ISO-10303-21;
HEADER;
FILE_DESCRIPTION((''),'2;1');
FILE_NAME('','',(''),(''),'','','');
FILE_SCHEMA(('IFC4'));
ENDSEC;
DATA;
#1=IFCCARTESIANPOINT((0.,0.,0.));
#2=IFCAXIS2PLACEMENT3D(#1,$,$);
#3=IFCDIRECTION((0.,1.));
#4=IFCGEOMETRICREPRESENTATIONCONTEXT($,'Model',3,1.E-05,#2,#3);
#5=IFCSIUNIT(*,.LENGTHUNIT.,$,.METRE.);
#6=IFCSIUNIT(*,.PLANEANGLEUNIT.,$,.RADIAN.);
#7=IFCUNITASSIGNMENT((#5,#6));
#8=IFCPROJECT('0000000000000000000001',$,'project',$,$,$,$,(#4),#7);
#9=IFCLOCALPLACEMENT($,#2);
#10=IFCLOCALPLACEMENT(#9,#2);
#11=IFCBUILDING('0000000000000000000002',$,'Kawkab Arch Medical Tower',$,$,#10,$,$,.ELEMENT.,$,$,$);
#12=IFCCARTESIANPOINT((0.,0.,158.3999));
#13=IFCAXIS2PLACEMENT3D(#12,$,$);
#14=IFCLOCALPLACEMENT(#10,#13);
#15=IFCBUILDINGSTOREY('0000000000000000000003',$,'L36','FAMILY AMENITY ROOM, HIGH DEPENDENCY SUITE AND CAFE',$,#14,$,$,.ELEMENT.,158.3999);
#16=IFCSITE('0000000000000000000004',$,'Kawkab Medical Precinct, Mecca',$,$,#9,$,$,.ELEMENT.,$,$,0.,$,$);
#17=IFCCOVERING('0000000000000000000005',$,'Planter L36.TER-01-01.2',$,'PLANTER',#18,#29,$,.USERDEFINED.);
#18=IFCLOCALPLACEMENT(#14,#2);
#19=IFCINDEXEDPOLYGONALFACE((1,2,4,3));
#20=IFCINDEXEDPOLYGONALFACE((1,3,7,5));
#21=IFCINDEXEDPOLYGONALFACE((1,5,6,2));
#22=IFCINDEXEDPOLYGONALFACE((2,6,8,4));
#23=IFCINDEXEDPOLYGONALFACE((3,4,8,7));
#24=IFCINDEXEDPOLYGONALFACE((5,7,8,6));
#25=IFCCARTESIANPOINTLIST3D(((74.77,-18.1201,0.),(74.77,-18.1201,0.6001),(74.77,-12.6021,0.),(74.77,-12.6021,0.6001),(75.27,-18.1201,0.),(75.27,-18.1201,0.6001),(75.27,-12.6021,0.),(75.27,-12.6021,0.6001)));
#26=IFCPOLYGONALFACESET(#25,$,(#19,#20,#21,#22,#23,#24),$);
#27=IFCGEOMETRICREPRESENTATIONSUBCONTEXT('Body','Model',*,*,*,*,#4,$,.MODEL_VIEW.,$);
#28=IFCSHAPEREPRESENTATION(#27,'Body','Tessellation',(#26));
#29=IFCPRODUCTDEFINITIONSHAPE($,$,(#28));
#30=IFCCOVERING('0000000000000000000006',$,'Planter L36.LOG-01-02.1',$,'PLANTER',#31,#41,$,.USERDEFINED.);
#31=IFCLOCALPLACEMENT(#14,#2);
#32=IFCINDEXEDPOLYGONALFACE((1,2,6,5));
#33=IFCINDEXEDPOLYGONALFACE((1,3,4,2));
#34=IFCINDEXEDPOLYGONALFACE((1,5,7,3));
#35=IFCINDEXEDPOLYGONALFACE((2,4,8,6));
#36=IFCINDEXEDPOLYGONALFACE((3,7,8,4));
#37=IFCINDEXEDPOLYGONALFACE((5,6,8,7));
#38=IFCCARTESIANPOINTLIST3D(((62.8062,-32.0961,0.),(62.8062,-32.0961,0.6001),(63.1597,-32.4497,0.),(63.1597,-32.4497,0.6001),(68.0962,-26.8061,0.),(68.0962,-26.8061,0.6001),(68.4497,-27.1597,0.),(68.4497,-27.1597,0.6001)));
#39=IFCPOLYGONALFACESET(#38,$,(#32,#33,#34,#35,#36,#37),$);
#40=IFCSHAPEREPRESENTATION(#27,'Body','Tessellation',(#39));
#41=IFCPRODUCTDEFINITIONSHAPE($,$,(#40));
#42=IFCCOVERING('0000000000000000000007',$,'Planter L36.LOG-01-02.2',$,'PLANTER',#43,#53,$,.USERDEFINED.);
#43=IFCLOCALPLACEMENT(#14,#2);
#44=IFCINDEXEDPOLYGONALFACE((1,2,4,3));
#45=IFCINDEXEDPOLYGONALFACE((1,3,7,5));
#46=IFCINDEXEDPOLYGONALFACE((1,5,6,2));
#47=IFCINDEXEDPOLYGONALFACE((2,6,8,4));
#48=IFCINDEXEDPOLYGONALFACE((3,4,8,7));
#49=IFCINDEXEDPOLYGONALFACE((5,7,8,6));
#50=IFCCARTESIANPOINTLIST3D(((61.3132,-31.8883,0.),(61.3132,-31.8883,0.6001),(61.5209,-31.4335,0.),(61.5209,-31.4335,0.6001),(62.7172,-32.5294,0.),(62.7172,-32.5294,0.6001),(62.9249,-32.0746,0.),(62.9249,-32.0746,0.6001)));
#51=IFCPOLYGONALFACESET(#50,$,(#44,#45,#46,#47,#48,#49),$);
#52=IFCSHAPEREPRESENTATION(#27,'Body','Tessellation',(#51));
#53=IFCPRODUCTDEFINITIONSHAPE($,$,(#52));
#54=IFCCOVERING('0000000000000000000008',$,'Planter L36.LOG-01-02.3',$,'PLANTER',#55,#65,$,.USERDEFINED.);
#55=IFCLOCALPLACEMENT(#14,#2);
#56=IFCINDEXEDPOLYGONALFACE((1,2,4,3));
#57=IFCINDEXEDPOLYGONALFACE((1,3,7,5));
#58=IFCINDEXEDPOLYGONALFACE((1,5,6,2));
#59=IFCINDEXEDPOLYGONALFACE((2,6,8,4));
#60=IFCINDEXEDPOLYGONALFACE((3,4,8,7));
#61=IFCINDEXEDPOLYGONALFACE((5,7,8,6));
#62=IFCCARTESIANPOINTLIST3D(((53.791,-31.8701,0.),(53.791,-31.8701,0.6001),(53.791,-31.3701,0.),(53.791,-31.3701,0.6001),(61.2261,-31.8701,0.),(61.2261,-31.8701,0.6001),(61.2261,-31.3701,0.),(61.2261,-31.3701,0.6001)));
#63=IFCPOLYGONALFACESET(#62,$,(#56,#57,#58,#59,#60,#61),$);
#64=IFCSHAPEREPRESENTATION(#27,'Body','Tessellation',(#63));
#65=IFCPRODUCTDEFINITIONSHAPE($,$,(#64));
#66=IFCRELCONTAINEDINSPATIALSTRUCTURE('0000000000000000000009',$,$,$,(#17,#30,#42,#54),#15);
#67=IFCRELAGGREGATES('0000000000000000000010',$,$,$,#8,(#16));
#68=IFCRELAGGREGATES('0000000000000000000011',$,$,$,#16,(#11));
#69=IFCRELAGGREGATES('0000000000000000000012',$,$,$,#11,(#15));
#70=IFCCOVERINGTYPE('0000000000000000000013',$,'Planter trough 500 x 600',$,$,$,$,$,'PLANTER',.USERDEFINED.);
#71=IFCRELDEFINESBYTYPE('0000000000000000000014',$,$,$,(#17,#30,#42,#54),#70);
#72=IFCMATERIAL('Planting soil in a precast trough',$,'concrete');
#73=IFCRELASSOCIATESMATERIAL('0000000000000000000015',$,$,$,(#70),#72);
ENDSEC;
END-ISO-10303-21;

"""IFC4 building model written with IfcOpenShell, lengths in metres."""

from ifc_helpers import new_model, si_unit, direction, frame, origin, origin_2d, place, context, subcontext, project, spatial, rectangle, extrude, material, material_profile, profile_set, type_object, element, save


model = new_model("IFC4")

# Units and contexts
model_context = context("Model", 3, precision=1e-05, world=origin(), true_north=direction((0.0, 1.0)))
body_context = subcontext(model_context, "Body", "Model", "MODEL_VIEW")
ifc_project = project(units=[si_unit("LENGTHUNIT", "METRE"), si_unit("PLANEANGLEUNIT", "RADIAN")], contexts=[model_context])

# Site, building, storey
site_placement = place(None, origin())
site = spatial("IfcSite", under=ifc_project, at=site_placement, Name="Kawkab Medical Precinct, Mecca", CompositionType="ELEMENT", RefElevation=0.0)
building_placement = place(site_placement, origin())
building = spatial("IfcBuilding", under=site, at=building_placement, Name="Kawkab Arch Medical Tower", CompositionType="ELEMENT")
storey_placement = place(building_placement, frame((0.0, 0.0, 158.3999)))
storey = spatial("IfcBuildingStorey", under=building, at=storey_placement, Name="L36", Description="FAMILY AMENITY ROOM, HIGH DEPENDENCY SUITE AND CAFE", CompositionType="ELEMENT", Elevation=158.3999)

# Coverings
ifc_material_1 = material(Name="Planting soil in a precast trough", Category="concrete")
ifc_material_profile_1 = material_profile(ifc_material_1, rectangle(XDim=0.5, YDim=0.6001, at=origin_2d()), Name="Trough 500x600")
ifc_profile_set_1 = profile_set([ifc_material_profile_1], Name="Planting soil in a precast trough")
covering_type = type_object("IfcCoveringType", Name="Planter trough 500 x 600", ElementType="PLANTER", PredefinedType="USERDEFINED", material=ifc_profile_set_1)
covering_1_placement = place(storey_placement, frame((75.02, -18.1201, 0.3), z_axis=(0.0, 1.0, 0.0), x_axis=(-1.0, 0.0, 0.0)))
element("IfcCovering", 1, at=covering_1_placement, inside=storey, type_object=covering_type, Name="Planter L36.TER-01-01.2", ObjectType="PLANTER", PredefinedType="USERDEFINED", context=body_context, shape_type="SweptSolid", body=[
    extrude(rectangle(XDim=0.5, YDim=0.6001, at=origin_2d()), origin(), (0.0, 0.0, 1.0), 5.5181),
])
covering_2_placement = place(storey_placement, frame((68.2729, -26.9829, 0.3), z_axis=(-0.707107, -0.707107, 0.0), x_axis=(0.707107, -0.707107, 0.0)))
element("IfcCovering", 2, at=covering_2_placement, inside=storey, type_object=covering_type, Name="Planter L36.LOG-01-02.1", ObjectType="PLANTER", PredefinedType="USERDEFINED", context=body_context, shape_type="SweptSolid", body=[
    extrude(rectangle(XDim=0.5, YDim=0.6001, at=origin_2d()), origin(), (0.0, 0.0, 1.0), 7.4812),
])
covering_3_placement = place(storey_placement, frame((62.821, -32.302, 0.3), z_axis=(-0.909656, 0.415363, 0.0), x_axis=(-0.415363, -0.909656, 0.0)))
element("IfcCovering", 3, at=covering_3_placement, inside=storey, type_object=covering_type, Name="Planter L36.LOG-01-02.2", ObjectType="PLANTER", PredefinedType="USERDEFINED", context=body_context, shape_type="SweptSolid", body=[
    extrude(rectangle(XDim=0.5, YDim=0.6001, at=origin_2d()), origin(), (0.0, 0.0, 1.0), 1.5435),
])
covering_4_placement = place(storey_placement, frame((61.2261, -31.6201, 0.3), z_axis=(-1.0, 0.0, 0.0), x_axis=(0.0, -1.0, 0.0)))
element("IfcCovering", 4, at=covering_4_placement, inside=storey, type_object=covering_type, Name="Planter L36.LOG-01-02.3", ObjectType="PLANTER", PredefinedType="USERDEFINED", context=body_context, shape_type="SweptSolid", body=[
    extrude(rectangle(XDim=0.5, YDim=0.6001, at=origin_2d()), origin(), (0.0, 0.0, 1.0), 7.4351),
])

save(model, "model.ifc")
